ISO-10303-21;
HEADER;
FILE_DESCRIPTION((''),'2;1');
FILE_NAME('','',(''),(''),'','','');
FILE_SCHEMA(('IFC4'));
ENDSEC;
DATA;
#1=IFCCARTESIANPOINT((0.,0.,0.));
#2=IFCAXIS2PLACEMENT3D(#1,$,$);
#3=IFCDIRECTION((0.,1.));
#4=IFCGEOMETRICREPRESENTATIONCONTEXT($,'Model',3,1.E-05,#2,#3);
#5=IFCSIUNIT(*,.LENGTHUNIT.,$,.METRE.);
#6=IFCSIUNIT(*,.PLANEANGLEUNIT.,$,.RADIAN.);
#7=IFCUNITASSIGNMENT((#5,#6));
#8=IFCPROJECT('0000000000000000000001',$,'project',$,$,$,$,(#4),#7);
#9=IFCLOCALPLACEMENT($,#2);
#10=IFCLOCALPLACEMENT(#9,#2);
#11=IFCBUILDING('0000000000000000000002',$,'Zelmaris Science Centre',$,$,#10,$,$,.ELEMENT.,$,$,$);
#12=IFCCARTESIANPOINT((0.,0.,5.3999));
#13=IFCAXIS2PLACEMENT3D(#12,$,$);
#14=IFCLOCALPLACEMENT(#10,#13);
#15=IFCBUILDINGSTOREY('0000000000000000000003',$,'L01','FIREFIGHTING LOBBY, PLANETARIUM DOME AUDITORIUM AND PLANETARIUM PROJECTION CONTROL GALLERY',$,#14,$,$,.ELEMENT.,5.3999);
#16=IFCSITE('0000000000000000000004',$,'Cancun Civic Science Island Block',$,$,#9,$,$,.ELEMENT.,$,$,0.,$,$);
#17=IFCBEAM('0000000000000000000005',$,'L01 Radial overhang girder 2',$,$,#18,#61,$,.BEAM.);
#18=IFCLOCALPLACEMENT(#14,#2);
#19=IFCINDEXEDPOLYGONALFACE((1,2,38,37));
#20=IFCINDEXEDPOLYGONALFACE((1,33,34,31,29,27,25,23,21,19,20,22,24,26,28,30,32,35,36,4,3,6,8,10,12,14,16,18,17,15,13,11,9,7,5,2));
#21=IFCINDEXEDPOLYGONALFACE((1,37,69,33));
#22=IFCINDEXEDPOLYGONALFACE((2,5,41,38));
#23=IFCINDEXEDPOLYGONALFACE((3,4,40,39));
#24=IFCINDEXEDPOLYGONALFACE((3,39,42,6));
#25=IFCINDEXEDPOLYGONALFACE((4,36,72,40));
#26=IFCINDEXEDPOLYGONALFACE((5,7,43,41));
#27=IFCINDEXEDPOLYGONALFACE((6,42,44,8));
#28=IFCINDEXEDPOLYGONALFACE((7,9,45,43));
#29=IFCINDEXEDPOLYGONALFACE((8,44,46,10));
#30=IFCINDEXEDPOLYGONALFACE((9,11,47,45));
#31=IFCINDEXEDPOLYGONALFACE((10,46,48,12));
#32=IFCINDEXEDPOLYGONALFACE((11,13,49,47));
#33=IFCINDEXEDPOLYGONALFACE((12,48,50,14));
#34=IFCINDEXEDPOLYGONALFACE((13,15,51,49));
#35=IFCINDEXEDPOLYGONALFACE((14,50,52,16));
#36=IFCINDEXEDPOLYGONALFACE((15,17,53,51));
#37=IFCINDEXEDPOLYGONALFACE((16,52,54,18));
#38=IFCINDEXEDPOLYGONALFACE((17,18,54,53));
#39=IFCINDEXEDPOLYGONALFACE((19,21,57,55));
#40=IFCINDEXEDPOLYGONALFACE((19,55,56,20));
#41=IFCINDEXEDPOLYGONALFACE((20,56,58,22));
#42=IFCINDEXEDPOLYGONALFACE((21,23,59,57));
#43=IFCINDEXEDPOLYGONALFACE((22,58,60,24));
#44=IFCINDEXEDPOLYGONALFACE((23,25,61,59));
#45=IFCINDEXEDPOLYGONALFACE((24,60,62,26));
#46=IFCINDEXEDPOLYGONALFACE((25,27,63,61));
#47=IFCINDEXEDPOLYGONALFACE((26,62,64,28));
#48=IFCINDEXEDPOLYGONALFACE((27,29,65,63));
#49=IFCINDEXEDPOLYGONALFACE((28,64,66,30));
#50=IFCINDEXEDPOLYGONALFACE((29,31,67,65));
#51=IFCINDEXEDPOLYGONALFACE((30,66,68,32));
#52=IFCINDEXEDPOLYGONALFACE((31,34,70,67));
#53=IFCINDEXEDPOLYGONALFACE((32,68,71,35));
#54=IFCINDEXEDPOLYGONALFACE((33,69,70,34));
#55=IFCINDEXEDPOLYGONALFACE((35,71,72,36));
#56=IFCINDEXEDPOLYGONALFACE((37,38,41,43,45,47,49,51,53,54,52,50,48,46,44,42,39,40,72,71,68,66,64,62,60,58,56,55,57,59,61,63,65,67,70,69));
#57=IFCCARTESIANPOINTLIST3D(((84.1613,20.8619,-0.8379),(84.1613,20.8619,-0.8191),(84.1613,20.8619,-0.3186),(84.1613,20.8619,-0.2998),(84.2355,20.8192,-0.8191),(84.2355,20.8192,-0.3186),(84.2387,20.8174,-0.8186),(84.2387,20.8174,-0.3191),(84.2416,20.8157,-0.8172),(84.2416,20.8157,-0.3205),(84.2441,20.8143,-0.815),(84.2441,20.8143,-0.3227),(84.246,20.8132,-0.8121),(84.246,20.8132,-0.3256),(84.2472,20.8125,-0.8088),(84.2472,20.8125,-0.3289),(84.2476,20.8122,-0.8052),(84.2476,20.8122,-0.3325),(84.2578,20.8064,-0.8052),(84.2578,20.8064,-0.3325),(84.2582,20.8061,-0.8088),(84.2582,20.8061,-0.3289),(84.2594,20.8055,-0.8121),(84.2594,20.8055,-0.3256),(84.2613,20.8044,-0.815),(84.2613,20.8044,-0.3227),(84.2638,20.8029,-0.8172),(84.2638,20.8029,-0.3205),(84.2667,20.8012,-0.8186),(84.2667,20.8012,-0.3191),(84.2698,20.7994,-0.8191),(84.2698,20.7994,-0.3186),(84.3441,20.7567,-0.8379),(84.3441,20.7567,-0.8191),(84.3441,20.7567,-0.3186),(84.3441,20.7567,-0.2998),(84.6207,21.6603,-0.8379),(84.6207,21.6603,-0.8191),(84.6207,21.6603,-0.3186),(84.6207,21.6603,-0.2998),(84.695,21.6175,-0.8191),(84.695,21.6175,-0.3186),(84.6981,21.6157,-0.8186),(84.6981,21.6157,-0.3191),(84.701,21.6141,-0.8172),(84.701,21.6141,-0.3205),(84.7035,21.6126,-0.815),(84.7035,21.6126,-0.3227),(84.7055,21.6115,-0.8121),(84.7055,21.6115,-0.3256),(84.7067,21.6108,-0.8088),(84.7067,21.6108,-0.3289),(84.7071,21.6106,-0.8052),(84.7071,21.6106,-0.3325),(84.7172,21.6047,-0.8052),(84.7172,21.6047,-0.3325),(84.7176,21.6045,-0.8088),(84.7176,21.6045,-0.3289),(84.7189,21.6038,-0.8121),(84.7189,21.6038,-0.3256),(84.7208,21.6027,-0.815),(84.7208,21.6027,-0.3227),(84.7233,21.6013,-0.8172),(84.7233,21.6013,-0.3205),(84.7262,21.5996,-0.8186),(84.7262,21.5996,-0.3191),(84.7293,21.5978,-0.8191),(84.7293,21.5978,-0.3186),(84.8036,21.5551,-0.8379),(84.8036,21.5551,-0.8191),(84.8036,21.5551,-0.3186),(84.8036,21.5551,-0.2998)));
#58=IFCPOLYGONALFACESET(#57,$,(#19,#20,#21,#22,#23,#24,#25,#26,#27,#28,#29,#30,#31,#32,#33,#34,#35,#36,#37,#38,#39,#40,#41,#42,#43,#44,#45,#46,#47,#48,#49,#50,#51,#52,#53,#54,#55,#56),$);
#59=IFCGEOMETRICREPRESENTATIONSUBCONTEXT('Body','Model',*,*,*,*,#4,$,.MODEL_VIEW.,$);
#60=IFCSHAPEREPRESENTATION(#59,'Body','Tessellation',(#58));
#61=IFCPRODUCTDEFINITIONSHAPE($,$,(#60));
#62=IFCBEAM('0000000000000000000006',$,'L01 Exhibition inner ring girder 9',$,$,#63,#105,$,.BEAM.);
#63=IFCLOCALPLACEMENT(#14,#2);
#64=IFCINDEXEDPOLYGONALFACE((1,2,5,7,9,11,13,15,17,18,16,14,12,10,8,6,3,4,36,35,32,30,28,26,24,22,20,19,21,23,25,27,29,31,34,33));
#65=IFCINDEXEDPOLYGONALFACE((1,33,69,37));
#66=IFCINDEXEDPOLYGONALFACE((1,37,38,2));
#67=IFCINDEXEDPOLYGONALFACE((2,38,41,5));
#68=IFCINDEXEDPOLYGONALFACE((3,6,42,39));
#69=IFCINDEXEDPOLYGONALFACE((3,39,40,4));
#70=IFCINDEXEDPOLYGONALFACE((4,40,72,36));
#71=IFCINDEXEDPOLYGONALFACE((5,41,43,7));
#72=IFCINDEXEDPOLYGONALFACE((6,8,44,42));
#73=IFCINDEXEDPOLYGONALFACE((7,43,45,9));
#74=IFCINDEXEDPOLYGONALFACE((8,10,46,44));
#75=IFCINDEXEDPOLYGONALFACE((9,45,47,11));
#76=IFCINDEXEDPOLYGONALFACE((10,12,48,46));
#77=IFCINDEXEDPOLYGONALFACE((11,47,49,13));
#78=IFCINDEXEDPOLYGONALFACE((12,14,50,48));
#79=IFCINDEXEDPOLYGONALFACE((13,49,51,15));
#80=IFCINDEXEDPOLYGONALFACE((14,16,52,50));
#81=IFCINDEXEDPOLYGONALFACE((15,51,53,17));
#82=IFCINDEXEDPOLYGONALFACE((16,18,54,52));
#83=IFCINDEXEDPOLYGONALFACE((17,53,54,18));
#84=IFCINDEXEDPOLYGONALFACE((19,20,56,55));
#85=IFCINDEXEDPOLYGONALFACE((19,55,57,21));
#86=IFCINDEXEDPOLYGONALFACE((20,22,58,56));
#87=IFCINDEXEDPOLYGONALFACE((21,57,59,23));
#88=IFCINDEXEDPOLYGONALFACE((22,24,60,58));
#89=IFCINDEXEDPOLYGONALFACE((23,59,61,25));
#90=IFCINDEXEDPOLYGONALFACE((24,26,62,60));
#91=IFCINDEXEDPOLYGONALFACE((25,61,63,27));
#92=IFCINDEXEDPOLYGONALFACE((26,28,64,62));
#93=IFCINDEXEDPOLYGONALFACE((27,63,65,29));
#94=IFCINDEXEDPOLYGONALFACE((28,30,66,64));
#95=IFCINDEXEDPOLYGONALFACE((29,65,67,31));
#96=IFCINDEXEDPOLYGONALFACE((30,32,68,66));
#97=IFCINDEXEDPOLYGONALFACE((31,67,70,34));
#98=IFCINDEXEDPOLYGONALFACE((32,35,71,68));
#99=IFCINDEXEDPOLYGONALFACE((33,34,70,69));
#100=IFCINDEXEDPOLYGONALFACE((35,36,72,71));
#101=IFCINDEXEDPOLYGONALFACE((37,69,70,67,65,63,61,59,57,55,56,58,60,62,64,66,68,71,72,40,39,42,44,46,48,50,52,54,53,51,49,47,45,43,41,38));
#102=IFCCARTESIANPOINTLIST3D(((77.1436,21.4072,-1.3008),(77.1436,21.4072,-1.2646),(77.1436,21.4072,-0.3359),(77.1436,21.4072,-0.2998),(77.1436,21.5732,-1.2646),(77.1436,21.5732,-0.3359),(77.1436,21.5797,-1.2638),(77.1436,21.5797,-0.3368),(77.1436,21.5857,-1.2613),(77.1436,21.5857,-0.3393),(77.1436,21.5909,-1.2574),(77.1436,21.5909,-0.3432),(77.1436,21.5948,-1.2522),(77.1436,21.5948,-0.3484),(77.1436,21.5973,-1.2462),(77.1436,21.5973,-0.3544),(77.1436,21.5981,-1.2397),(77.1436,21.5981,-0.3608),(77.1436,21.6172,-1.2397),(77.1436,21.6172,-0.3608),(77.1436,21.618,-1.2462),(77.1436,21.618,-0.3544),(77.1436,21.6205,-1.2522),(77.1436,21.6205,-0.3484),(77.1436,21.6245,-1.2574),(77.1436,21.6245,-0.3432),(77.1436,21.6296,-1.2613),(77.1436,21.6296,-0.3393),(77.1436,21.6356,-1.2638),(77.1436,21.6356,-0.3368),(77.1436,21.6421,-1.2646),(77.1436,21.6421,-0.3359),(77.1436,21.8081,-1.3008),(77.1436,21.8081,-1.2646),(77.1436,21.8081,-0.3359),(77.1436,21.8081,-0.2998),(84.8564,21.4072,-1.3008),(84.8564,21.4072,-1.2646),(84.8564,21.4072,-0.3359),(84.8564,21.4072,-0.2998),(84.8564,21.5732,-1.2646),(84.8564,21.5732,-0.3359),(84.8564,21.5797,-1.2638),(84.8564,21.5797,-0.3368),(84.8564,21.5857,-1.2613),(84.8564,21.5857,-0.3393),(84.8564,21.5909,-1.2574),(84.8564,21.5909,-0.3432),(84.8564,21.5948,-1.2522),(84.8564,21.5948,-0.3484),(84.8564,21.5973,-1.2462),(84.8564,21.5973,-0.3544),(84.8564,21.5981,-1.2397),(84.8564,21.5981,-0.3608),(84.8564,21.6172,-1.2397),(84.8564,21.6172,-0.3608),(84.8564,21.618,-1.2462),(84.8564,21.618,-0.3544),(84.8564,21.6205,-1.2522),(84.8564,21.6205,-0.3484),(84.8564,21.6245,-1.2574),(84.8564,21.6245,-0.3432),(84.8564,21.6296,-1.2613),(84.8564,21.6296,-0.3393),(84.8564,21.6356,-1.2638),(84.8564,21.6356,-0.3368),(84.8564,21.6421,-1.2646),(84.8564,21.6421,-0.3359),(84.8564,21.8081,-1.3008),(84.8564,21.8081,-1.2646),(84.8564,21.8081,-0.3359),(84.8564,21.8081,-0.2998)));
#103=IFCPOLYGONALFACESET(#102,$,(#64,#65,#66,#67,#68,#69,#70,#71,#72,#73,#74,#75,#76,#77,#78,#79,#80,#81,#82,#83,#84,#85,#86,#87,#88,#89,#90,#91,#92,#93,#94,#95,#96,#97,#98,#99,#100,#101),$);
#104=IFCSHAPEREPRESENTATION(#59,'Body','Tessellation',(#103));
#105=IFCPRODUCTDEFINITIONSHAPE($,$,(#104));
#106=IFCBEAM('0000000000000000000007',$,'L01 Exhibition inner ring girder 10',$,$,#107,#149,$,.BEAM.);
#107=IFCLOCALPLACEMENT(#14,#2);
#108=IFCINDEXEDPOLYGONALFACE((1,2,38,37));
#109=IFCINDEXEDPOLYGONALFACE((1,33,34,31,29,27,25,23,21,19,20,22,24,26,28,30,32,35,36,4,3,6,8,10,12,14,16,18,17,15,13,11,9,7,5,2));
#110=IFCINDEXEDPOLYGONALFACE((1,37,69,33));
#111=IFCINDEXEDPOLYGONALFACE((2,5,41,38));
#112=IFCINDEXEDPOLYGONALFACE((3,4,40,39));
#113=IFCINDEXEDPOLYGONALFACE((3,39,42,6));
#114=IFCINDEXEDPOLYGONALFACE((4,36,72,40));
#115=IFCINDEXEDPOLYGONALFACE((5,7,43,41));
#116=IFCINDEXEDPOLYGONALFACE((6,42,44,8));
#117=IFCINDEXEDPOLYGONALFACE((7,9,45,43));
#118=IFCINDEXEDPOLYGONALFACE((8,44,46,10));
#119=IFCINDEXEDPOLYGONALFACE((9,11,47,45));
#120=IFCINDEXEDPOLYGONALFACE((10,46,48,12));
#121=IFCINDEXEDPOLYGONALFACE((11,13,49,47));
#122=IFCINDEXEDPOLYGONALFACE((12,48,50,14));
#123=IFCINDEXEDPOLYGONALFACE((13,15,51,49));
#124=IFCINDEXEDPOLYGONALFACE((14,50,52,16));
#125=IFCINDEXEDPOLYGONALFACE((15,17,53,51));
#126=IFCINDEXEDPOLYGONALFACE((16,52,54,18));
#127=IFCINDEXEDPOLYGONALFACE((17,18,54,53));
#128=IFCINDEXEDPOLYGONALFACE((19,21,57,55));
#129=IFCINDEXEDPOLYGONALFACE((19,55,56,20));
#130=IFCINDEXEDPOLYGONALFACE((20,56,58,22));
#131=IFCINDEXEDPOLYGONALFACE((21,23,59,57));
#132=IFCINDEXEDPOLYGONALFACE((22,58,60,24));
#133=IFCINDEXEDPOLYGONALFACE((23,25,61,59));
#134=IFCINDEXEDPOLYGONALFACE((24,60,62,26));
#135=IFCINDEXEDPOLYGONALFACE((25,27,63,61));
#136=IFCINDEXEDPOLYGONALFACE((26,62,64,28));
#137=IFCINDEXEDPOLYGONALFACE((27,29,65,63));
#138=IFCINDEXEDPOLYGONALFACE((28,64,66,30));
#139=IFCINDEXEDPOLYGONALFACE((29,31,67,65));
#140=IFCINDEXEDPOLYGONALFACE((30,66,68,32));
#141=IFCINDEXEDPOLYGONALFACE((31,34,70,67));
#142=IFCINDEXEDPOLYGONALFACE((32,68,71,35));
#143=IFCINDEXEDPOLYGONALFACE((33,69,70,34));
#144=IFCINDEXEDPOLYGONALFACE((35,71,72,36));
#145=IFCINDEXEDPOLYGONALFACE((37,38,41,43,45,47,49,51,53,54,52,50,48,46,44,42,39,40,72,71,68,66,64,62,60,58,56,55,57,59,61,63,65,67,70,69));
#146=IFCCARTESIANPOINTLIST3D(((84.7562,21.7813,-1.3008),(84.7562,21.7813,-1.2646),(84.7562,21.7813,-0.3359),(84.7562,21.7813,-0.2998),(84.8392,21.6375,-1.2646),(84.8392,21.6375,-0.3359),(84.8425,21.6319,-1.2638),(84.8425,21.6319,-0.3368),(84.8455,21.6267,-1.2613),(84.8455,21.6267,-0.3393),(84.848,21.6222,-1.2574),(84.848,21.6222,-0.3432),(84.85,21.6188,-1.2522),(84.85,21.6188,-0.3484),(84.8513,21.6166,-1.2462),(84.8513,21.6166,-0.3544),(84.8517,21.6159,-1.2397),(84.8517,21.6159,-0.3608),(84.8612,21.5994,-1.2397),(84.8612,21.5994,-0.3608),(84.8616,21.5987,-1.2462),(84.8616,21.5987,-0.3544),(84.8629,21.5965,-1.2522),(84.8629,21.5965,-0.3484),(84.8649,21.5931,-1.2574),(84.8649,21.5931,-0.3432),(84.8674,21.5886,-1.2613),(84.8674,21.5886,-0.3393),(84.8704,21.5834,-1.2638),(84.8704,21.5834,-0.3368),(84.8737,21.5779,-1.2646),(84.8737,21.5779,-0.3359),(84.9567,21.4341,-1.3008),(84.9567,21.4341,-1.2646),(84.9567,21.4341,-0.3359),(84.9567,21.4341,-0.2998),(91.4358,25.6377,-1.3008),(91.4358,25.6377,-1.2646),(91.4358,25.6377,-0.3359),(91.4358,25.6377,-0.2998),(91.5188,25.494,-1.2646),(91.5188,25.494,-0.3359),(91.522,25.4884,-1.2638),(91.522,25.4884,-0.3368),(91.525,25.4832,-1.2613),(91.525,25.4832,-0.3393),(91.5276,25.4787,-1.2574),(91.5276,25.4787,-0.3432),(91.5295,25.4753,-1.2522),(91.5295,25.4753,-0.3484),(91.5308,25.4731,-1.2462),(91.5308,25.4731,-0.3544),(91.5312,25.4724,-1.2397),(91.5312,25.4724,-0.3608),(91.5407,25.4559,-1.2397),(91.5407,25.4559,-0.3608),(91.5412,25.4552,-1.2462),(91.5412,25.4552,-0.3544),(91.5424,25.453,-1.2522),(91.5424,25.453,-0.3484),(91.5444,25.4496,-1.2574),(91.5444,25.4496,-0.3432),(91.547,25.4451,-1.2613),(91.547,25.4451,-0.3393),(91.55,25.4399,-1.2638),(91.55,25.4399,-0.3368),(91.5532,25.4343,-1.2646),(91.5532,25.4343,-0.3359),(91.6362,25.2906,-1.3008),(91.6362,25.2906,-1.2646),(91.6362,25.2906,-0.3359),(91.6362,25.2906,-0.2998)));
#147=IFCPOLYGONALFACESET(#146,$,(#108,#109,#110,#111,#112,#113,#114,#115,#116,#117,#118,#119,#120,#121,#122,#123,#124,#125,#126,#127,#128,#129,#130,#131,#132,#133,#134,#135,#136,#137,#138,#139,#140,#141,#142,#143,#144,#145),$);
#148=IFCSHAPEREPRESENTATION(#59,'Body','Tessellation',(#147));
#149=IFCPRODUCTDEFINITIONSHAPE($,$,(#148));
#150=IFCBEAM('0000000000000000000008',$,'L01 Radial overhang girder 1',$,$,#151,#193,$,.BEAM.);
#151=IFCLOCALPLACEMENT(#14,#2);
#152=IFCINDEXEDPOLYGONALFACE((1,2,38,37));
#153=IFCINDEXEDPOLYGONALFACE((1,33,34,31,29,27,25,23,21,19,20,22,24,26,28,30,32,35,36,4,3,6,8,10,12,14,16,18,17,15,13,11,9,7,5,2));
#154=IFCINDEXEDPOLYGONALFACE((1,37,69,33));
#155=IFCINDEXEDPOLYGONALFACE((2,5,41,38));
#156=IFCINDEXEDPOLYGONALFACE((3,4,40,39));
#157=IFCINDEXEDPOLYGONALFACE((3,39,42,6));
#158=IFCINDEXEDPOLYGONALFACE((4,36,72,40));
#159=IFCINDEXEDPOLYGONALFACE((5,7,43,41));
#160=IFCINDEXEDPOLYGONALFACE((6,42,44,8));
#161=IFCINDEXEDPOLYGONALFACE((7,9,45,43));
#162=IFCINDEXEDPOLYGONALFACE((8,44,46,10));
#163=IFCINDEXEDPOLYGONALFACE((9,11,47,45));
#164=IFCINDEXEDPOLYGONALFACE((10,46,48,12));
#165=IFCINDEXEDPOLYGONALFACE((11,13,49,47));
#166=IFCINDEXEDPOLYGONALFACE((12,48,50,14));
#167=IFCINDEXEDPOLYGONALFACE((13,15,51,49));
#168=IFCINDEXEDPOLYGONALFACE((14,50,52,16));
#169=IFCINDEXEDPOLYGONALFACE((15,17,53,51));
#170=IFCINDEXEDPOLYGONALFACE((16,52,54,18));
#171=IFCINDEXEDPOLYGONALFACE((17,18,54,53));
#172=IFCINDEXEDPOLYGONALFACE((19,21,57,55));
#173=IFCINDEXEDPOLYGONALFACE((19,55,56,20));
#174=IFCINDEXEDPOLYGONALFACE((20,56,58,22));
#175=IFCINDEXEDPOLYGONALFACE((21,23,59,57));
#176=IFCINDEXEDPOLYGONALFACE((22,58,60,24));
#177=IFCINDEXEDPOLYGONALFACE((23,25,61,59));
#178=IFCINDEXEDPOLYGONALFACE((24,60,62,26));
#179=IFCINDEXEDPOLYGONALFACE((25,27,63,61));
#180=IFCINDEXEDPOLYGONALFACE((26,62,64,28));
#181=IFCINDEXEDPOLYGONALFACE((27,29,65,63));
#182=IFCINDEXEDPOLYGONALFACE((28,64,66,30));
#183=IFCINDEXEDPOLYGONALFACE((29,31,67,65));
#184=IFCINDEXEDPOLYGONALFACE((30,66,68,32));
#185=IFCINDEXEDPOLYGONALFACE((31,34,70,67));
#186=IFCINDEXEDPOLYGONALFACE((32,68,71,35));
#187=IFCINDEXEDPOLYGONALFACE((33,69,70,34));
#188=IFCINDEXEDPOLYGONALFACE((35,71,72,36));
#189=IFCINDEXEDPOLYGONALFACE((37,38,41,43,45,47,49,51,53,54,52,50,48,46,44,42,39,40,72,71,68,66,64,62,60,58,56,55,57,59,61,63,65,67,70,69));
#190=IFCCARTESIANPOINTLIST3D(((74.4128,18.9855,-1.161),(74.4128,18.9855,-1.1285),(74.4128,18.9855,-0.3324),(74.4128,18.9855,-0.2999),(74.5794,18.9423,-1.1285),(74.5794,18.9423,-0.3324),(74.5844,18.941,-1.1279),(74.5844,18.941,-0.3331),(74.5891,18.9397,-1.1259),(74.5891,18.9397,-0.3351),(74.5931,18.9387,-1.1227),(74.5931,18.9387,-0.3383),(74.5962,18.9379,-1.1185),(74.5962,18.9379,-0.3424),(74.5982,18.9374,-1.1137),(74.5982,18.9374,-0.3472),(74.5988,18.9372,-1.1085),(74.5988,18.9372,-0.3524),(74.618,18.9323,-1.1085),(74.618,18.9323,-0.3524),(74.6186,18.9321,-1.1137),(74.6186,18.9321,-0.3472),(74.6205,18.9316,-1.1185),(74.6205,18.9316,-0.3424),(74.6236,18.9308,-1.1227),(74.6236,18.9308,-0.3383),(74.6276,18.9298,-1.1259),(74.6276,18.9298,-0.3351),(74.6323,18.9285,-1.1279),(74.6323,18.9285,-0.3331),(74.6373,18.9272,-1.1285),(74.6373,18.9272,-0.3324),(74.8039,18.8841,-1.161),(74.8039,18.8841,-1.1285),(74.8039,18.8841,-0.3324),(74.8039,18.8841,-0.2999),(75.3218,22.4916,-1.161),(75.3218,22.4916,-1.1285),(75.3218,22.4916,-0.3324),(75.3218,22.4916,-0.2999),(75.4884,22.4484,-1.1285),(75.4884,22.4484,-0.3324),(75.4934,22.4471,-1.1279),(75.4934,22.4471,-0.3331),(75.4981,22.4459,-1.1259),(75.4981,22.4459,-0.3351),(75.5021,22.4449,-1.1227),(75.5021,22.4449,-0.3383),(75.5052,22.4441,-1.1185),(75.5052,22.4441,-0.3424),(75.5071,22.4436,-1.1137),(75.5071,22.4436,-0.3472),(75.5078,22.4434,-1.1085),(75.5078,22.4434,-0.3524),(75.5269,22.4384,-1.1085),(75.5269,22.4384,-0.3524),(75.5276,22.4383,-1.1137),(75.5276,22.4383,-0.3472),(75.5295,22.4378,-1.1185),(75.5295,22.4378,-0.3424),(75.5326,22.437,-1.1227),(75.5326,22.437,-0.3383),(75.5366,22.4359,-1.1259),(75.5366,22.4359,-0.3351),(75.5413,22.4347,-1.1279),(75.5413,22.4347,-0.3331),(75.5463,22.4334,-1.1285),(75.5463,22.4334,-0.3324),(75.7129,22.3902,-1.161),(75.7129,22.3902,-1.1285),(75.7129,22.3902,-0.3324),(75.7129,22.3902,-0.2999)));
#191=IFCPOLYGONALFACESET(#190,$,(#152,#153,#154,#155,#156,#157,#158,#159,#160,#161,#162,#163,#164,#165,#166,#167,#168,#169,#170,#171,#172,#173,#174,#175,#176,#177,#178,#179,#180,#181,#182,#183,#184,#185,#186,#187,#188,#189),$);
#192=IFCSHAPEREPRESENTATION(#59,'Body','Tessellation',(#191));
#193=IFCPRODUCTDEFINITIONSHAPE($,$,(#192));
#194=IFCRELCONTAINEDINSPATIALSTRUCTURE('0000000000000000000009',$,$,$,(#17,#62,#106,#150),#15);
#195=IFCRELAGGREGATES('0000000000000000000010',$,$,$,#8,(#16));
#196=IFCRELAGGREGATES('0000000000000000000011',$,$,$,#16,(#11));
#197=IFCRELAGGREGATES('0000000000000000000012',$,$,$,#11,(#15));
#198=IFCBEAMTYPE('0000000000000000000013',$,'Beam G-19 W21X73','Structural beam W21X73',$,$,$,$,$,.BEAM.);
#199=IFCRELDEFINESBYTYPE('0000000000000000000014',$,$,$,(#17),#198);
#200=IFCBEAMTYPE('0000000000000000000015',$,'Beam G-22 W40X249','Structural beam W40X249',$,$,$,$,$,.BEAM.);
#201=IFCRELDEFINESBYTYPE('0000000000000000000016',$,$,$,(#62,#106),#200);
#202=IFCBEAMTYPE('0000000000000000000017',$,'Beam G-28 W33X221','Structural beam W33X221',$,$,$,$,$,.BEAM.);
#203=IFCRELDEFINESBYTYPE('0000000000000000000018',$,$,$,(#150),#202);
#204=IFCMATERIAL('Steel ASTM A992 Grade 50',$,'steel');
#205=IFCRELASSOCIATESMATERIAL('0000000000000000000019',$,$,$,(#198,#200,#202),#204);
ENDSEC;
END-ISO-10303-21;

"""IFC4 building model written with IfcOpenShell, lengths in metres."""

from ifc_helpers import new_model, si_unit, direction, frame, origin, origin_2d, place, context, subcontext, project, spatial, i_section, extrude, material, material_profile, profile_set, type_object, element, save


model = new_model("IFC4")

# Units and contexts
model_context = context("Model", 3, precision=1e-05, world=origin(), true_north=direction((0.0, 1.0)))
body_context = subcontext(model_context, "Body", "Model", "MODEL_VIEW")
ifc_project = project(units=[si_unit("LENGTHUNIT", "METRE"), si_unit("PLANEANGLEUNIT", "RADIAN")], contexts=[model_context])

# Site, building, storey
site_placement = place(None, origin())
site = spatial("IfcSite", under=ifc_project, at=site_placement, Name="Cancun Civic Science Island Block", CompositionType="ELEMENT", RefElevation=0.0)
building_placement = place(site_placement, origin())
building = spatial("IfcBuilding", under=site, at=building_placement, Name="Zelmaris Science Centre", CompositionType="ELEMENT")
storey_placement = place(building_placement, frame((0.0, 0.0, 5.3999)))
storey = spatial("IfcBuildingStorey", under=building, at=storey_placement, Name="L01", Description="FIREFIGHTING LOBBY, PLANETARIUM DOME AUDITORIUM AND PLANETARIUM PROJECTION CONTROL GALLERY", CompositionType="ELEMENT", Elevation=5.3999)

# Shared definitions
ifc_material_1 = material(Name="Steel ASTM A992 Grade 50", Category="steel")

# Beams
ifc_material_profile_1 = material_profile(ifc_material_1, i_section(OverallWidth=0.2109, OverallDepth=0.5381, WebThickness=0.0117, FlangeThickness=0.0188, FilletRadius=0.0139, at=origin_2d()), Name="W21X73")
ifc_profile_set_1 = profile_set([ifc_material_profile_1], Name="Steel ASTM A992 Grade 50")
beam_type_1 = type_object("IfcBeamType", Name="Beam G-19 W21X73", Description="Structural beam W21X73", PredefinedType="BEAM", material=ifc_profile_set_1)
beam_1_placement = place(storey_placement, frame((84.7122, 21.6077, -0.5688), z_axis=(-0.49882, -0.866706, 0.0), x_axis=(0.866706, -0.49882, 0.0)))
element("IfcBeam", 1, at=beam_1_placement, inside=storey, type_object=beam_type_1, Name="L01 Radial overhang girder 2", PredefinedType="BEAM", context=body_context, shape_type="SweptSolid", body=[
    extrude(i_section(OverallWidth=0.2109, OverallDepth=0.5381, WebThickness=0.0117, FlangeThickness=0.0188, FilletRadius=0.0139, at=origin_2d()), origin(), (0.0, 0.0, 1.0), 0.9211),
])
ifc_material_profile_2 = material_profile(ifc_material_1, i_section(OverallWidth=0.4009, OverallDepth=1.001, WebThickness=0.019, FlangeThickness=0.0361, FilletRadius=0.0249, at=origin_2d()), Name="W40X249")
ifc_profile_set_2 = profile_set([ifc_material_profile_2], Name="Steel ASTM A992 Grade 50")
beam_type_2 = type_object("IfcBeamType", Name="Beam G-22 W40X249", Description="Structural beam W40X249", PredefinedType="BEAM", material=ifc_profile_set_2)
for number, where, z_axis, x_axis, name in (
    (2, (77.1436, 21.6077, -0.8003), (1.0, 0.0, 0.0), (0.0, 1.0, 0.0), "L01 Exhibition inner ring girder 9"),
    (3, (84.8564, 21.6077, -0.8003), (0.866022, 0.500007, 0.0), (-0.500007, 0.866022, 0.0), "L01 Exhibition inner ring girder 10"),
):
    element("IfcBeam", number, at=place(storey_placement, frame(where, z_axis=z_axis, x_axis=x_axis)), inside=storey, type_object=beam_type_2, Name=name, PredefinedType="BEAM", context=body_context, shape_type="SweptSolid", body=[
        extrude(i_section(OverallWidth=0.4009, OverallDepth=1.001, WebThickness=0.019, FlangeThickness=0.0361, FilletRadius=0.0249, at=origin_2d()), origin(), (0.0, 0.0, 1.0), 7.7129),
    ])
ifc_material_profile_3 = material_profile(ifc_material_1, i_section(OverallWidth=0.4041, OverallDepth=0.8611, WebThickness=0.0198, FlangeThickness=0.0325, FilletRadius=0.02, at=origin_2d()), Name="W33X221")
ifc_profile_set_3 = profile_set([ifc_material_profile_3], Name="Steel ASTM A992 Grade 50")
beam_type_3 = type_object("IfcBeamType", Name="Beam G-28 W33X221", Description="Structural beam W33X221", PredefinedType="BEAM", material=ifc_profile_set_3)
beam_2_placement = place(storey_placement, frame((75.5173, 22.4409, -0.7305), z_axis=(-0.250948, -0.968001, 0.0), x_axis=(0.968001, -0.250948, 0.0)))
element("IfcBeam", 4, at=beam_2_placement, inside=storey, type_object=beam_type_3, Name="L01 Radial overhang girder 1", PredefinedType="BEAM", context=body_context, shape_type="SweptSolid", body=[
    extrude(i_section(OverallWidth=0.4041, OverallDepth=0.8611, WebThickness=0.0198, FlangeThickness=0.0325, FilletRadius=0.02, at=origin_2d()), origin(), (0.0, 0.0, 1.0), 3.6221),
])

save(model, "model.ifc")
